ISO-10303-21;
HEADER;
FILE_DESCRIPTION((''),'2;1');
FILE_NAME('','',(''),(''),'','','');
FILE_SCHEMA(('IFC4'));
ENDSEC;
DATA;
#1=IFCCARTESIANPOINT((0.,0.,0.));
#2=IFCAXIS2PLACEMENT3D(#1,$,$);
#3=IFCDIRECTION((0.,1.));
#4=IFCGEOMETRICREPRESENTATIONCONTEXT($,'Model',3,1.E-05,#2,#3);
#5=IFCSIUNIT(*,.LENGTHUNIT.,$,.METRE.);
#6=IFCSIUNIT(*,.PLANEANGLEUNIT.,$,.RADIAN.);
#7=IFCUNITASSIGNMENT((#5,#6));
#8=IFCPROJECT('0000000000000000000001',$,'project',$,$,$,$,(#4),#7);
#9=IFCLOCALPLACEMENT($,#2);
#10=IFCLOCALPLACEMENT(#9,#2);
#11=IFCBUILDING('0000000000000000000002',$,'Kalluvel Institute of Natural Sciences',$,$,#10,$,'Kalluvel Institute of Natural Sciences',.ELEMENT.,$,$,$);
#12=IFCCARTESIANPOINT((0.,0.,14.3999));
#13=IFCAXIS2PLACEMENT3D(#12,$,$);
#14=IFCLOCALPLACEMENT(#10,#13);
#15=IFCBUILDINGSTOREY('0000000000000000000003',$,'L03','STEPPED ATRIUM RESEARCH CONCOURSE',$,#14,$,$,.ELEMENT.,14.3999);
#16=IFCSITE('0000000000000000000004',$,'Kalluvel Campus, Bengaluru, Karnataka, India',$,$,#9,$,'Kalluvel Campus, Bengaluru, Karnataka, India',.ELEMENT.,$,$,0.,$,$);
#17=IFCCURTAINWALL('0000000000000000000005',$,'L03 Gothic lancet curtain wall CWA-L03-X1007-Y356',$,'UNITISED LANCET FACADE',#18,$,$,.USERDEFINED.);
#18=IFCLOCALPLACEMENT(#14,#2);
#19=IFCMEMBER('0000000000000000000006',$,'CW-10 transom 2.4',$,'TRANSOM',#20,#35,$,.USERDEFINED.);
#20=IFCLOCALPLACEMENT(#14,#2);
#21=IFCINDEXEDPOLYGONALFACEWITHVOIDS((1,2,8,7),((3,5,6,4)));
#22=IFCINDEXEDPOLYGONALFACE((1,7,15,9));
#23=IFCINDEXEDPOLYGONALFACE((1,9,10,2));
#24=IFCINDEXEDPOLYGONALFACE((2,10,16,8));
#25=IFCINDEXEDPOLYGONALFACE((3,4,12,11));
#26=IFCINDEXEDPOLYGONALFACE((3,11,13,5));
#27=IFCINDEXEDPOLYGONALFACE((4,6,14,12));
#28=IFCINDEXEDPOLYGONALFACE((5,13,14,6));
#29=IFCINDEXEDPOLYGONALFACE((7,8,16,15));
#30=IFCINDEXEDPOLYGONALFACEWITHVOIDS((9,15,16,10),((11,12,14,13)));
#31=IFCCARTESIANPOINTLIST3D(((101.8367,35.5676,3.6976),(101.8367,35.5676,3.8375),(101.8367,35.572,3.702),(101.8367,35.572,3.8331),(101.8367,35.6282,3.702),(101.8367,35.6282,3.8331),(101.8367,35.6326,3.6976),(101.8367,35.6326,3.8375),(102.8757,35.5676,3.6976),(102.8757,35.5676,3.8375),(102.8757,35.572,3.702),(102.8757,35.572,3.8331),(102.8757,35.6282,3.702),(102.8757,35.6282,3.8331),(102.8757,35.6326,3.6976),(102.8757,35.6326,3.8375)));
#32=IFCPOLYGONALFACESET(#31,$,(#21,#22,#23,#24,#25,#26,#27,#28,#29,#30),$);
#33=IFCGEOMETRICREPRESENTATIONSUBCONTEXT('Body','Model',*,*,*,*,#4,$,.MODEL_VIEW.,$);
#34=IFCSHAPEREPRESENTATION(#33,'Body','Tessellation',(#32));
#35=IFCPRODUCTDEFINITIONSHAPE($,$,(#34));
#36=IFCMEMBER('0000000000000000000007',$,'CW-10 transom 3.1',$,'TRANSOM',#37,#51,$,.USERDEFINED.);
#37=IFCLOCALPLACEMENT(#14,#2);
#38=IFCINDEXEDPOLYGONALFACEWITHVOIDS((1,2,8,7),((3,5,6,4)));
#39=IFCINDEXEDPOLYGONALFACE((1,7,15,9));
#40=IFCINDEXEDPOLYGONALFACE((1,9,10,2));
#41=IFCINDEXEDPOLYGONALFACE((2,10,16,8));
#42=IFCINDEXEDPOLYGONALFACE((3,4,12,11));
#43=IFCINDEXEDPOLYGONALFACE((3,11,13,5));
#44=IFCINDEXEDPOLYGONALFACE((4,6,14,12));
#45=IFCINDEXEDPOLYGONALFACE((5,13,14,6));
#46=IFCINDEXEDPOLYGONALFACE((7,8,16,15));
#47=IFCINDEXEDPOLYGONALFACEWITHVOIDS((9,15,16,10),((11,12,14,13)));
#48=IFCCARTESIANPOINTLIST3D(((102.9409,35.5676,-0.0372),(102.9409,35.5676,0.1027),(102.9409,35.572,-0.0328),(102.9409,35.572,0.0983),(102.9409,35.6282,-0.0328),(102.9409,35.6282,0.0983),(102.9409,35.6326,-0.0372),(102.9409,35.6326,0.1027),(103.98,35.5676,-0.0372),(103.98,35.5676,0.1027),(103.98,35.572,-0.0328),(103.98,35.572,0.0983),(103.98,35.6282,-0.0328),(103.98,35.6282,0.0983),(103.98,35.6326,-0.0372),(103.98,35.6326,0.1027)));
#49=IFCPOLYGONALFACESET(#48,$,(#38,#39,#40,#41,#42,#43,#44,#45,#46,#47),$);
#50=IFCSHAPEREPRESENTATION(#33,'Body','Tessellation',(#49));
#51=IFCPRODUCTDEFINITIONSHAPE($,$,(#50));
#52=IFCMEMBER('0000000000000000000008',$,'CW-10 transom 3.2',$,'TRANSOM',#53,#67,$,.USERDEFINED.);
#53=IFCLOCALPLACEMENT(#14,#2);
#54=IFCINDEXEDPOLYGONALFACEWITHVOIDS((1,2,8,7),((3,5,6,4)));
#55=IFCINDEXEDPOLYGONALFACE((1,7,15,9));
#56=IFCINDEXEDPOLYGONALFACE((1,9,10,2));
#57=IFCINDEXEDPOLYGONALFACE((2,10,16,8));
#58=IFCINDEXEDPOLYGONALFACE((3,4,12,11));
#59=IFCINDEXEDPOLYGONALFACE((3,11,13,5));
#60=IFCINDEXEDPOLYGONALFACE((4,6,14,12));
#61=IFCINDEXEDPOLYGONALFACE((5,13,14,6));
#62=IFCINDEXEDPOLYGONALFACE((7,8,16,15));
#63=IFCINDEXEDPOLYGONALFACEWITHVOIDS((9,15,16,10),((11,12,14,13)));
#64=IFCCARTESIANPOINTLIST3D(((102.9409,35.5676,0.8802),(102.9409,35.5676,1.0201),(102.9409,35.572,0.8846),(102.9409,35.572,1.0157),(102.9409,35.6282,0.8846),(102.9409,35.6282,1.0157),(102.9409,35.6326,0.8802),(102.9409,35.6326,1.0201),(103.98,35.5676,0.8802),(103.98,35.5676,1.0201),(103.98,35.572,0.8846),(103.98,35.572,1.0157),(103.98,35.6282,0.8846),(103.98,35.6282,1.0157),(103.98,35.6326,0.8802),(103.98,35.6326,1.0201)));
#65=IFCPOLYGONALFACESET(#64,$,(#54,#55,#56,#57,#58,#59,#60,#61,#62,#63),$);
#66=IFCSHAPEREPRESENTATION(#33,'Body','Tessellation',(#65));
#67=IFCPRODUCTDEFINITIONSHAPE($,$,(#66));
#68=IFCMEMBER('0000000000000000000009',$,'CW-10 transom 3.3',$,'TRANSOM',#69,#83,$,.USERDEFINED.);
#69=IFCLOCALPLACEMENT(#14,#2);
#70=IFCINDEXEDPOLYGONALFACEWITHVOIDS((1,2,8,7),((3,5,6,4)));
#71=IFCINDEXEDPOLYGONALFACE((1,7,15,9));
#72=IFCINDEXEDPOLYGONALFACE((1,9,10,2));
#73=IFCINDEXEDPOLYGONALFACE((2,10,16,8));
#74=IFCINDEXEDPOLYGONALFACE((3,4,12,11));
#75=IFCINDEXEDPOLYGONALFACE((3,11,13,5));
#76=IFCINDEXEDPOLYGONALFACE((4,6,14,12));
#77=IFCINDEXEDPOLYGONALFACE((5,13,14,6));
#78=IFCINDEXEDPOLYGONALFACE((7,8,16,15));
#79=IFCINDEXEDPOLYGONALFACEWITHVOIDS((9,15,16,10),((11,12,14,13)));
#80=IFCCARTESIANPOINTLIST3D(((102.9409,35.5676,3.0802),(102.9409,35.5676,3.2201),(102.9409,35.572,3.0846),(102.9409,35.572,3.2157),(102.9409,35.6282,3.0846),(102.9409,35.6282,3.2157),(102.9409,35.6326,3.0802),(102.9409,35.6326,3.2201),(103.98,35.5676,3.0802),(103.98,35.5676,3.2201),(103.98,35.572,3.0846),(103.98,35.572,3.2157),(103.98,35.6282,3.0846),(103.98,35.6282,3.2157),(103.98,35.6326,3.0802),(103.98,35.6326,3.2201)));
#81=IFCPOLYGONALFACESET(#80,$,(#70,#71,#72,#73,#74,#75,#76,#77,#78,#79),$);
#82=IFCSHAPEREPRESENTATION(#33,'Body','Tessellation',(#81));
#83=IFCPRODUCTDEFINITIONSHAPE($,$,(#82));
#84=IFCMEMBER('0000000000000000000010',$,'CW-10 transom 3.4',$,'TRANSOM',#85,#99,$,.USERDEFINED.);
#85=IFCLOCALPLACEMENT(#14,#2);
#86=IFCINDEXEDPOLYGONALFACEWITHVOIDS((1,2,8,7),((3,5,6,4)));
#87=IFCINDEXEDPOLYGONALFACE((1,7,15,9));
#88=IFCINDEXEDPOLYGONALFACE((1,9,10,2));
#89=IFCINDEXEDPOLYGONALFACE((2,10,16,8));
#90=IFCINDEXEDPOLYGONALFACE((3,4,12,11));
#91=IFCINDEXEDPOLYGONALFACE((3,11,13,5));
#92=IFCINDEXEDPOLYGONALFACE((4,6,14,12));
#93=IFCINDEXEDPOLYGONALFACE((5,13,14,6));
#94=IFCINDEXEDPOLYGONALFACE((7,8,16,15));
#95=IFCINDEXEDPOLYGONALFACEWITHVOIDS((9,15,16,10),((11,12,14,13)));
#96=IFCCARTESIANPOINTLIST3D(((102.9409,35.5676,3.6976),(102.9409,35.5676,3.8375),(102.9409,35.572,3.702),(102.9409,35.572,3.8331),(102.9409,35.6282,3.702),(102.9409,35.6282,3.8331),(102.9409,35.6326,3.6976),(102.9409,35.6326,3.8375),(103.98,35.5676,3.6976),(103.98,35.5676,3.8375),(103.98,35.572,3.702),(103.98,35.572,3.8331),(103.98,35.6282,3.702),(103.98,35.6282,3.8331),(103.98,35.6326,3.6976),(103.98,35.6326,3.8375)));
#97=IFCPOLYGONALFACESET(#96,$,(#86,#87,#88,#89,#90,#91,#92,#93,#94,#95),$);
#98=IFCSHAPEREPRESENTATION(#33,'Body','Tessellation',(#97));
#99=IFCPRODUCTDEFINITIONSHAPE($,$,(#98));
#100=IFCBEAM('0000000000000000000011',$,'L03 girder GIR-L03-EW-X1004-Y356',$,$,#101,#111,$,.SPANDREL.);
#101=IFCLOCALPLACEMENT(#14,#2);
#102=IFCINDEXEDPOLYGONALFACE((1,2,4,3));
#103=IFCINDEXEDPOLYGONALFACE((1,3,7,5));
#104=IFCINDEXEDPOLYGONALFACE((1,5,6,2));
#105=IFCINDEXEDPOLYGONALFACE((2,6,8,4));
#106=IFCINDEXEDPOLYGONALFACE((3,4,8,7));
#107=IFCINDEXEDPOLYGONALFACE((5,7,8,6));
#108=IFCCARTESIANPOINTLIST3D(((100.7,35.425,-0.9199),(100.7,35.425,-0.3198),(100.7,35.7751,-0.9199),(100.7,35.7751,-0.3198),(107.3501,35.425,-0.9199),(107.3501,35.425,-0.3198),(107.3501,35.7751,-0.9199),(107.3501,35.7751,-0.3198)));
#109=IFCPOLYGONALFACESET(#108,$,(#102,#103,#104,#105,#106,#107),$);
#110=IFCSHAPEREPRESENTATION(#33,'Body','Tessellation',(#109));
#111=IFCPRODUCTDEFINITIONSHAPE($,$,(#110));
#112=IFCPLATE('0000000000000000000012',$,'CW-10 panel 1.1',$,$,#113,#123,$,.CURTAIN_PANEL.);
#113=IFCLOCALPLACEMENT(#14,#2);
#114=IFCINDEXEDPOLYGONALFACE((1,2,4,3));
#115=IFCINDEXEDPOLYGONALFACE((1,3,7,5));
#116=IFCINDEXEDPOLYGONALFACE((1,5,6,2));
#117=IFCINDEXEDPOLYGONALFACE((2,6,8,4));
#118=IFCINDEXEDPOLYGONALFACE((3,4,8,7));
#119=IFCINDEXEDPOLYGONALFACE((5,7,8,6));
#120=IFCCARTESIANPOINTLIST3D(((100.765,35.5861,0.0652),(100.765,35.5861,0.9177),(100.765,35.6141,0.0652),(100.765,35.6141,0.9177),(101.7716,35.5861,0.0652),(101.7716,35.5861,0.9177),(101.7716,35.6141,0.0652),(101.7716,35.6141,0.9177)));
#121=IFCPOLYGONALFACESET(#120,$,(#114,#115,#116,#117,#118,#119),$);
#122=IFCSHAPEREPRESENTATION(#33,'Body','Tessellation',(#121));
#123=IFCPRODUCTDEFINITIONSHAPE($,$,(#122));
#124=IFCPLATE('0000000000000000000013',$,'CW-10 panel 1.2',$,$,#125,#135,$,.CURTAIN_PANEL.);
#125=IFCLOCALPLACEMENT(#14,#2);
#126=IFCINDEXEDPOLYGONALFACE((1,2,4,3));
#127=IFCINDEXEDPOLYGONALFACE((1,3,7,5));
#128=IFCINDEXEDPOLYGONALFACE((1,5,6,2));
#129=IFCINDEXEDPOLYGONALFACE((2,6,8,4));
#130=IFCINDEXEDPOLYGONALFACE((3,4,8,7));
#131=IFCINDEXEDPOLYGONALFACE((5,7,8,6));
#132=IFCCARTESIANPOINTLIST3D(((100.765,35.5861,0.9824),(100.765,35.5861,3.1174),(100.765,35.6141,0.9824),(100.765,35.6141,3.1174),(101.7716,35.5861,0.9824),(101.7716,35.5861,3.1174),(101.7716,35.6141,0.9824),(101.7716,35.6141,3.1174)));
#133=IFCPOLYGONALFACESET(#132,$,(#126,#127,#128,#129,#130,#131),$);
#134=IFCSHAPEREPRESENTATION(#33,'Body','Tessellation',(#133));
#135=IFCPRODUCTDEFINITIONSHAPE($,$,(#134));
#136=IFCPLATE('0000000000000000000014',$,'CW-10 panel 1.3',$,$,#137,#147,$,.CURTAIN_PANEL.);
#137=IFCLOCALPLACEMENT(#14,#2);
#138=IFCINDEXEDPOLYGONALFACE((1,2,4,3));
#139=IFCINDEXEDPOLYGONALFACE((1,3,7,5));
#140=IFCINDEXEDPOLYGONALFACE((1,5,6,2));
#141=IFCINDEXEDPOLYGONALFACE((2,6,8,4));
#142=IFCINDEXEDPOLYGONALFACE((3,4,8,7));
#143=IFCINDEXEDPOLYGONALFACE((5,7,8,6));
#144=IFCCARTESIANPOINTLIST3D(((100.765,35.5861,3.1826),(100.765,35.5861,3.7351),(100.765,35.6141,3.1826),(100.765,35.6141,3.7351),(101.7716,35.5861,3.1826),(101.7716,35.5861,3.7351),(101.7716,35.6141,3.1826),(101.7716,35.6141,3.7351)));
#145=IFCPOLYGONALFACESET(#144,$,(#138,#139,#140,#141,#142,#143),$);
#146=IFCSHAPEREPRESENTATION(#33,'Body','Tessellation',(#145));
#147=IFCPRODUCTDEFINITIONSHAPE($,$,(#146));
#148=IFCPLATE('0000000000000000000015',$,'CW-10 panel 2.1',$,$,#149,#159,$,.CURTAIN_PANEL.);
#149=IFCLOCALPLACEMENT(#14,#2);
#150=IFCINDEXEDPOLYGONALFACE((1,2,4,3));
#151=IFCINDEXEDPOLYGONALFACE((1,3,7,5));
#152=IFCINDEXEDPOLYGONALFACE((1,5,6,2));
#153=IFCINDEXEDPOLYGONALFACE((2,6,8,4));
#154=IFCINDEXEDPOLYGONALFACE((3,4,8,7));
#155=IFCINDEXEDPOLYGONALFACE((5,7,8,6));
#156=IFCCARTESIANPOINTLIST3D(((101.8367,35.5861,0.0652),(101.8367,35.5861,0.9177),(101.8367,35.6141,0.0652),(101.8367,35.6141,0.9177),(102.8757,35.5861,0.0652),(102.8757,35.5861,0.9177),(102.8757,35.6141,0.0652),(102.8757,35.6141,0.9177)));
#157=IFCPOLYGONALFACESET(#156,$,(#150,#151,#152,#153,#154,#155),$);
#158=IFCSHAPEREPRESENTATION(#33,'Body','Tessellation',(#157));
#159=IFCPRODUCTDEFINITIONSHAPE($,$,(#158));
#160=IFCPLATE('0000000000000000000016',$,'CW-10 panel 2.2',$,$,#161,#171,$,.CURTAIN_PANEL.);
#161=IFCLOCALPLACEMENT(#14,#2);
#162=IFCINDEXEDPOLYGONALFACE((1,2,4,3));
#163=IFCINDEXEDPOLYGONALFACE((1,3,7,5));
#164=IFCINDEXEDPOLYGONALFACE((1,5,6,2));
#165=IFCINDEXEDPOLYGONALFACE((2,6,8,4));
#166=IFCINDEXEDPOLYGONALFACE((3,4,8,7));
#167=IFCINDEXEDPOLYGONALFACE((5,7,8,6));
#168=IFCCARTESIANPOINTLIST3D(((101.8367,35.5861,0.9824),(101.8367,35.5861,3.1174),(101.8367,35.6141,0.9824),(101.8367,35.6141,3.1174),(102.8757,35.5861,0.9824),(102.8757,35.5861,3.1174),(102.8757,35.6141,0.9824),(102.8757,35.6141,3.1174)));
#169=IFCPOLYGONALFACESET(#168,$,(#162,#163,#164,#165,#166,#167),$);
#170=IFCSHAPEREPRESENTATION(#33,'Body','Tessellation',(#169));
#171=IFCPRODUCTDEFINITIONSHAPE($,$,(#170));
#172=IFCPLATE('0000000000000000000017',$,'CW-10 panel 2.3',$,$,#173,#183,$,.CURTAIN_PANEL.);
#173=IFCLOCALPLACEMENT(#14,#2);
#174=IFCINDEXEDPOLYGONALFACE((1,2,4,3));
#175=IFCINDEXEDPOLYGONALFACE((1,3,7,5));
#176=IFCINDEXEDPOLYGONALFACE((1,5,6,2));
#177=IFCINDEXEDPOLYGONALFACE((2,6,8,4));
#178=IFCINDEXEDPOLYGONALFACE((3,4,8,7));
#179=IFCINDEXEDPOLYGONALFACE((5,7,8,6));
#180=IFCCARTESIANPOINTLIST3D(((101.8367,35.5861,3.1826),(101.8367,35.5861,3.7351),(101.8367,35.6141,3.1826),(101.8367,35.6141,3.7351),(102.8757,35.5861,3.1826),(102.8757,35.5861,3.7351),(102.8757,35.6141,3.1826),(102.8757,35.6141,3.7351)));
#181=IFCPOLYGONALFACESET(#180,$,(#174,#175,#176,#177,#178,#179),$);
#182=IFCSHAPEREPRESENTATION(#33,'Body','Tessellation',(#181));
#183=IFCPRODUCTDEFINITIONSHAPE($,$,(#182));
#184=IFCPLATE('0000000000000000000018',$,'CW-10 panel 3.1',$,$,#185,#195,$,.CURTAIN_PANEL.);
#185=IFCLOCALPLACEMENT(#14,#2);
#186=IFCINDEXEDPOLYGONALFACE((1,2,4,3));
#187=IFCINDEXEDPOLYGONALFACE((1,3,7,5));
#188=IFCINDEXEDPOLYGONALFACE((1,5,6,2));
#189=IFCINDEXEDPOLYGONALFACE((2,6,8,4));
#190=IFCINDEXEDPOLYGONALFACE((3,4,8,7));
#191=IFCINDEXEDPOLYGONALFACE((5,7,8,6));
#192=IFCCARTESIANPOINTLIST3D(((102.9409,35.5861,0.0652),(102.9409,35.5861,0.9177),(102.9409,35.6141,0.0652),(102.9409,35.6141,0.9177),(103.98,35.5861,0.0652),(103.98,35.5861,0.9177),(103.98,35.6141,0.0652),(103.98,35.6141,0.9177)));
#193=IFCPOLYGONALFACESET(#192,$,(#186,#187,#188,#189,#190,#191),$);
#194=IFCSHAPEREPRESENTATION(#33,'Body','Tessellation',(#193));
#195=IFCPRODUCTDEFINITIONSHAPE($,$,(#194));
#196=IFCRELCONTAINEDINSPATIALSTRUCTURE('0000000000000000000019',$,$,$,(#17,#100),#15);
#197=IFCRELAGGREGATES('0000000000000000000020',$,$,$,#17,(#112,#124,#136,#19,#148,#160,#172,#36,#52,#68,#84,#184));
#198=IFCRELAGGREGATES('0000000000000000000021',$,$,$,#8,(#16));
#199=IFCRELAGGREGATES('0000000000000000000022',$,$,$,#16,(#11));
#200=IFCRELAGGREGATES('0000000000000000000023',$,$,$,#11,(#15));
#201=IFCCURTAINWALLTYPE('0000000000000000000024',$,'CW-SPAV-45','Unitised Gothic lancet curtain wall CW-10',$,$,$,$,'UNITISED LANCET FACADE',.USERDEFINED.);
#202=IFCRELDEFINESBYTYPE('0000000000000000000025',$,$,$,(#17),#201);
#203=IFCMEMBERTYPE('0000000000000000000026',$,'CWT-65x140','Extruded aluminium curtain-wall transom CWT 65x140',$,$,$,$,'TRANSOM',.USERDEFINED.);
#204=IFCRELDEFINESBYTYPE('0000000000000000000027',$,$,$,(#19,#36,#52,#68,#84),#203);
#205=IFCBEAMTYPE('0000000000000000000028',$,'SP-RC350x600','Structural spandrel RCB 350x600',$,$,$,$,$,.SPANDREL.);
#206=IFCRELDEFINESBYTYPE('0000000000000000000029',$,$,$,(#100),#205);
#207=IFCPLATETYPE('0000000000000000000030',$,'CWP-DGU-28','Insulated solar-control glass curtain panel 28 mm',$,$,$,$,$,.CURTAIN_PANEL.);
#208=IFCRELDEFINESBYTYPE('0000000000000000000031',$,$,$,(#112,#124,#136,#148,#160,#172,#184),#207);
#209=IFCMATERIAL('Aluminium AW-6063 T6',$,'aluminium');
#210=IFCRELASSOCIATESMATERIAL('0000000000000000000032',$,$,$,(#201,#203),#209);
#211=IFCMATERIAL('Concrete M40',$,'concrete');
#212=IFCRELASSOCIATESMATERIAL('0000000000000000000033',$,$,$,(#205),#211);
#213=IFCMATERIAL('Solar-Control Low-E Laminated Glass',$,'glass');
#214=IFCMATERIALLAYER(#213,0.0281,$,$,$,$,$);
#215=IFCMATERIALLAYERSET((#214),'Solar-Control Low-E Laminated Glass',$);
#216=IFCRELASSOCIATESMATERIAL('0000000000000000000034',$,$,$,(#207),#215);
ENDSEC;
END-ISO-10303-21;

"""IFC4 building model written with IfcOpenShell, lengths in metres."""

from ifc_helpers import new_model, si_unit, direction, frame, origin, origin_2d, place, context, subcontext, project, spatial, rectangle, hollow_rectangle, extrude, material, layer, layer_set, material_profile, profile_set, type_object, element, aggregate, save


model = new_model("IFC4")

# Units and contexts
model_context = context("Model", 3, precision=1e-05, world=origin(), true_north=direction((0.0, 1.0)))
body_context = subcontext(model_context, "Body", "Model", "MODEL_VIEW")
ifc_project = project(units=[si_unit("LENGTHUNIT", "METRE"), si_unit("PLANEANGLEUNIT", "RADIAN")], contexts=[model_context])

# Site, building, storey
site_placement = place(None, origin())
site = spatial("IfcSite", under=ifc_project, at=site_placement, Name="Kalluvel Campus, Bengaluru, Karnataka, India", LongName="Kalluvel Campus, Bengaluru, Karnataka, India", CompositionType="ELEMENT", RefElevation=0.0)
building_placement = place(site_placement, origin())
building = spatial("IfcBuilding", under=site, at=building_placement, Name="Kalluvel Institute of Natural Sciences", LongName="Kalluvel Institute of Natural Sciences", CompositionType="ELEMENT")
storey_placement = place(building_placement, frame((0.0, 0.0, 14.3999)))
storey = spatial("IfcBuildingStorey", under=building, at=storey_placement, Name="L03", Description="STEPPED ATRIUM RESEARCH CONCOURSE", CompositionType="ELEMENT", Elevation=14.3999)

# Shared definitions
ifc_material_1 = material(Name="Concrete M40", Category="concrete")

# Curtain wall, members
ifc_material_2 = material(Name="Aluminium AW-6063 T6", Category="aluminium")
curtain_wall_type = type_object("IfcCurtainWallType", Name="CW-SPAV-45", Description="Unitised Gothic lancet curtain wall CW-10", ElementType="UNITISED LANCET FACADE", PredefinedType="USERDEFINED", material=ifc_material_2)
curtain_wall_placement = place(storey_placement, origin())
curtain_wall = element("IfcCurtainWall", 1, at=curtain_wall_placement, inside=storey, type_object=curtain_wall_type, Name="L03 Gothic lancet curtain wall CWA-L03-X1007-Y356", ObjectType="UNITISED LANCET FACADE", PredefinedType="USERDEFINED")
ifc_material_profile_1 = material_profile(ifc_material_2, hollow_rectangle(XDim=0.0649, YDim=0.1399, WallThickness=0.0044, at=origin_2d()), Name="CWT 65x140")
ifc_profile_set_1 = profile_set([ifc_material_profile_1], Name="Aluminium AW-6063 T6")
member_type_1 = type_object("IfcMemberType", Name="CWT-65x140", Description="Extruded aluminium curtain-wall transom CWT 65x140", ElementType="TRANSOM", PredefinedType="USERDEFINED", material=ifc_profile_set_1)
member_1_placement = place(storey_placement, frame((101.8367, 35.6001, 3.7676), z_axis=(1.0, 0.0, 0.0), x_axis=(0.0, 1.0, 0.0)))
member_1 = element("IfcMember", 2, at=member_1_placement, type_object=member_type_1, Name="CW-10 transom 2.4", ObjectType="TRANSOM", PredefinedType="USERDEFINED", context=body_context, shape_type="SweptSolid", body=[
    extrude(hollow_rectangle(XDim=0.0649, YDim=0.1399, WallThickness=0.0044, at=origin_2d()), origin(), (0.0, 0.0, 1.0), 1.0391),
])
member_2_placement = place(storey_placement, frame((102.9409, 35.6001, 0.0327), z_axis=(1.0, 0.0, 0.0), x_axis=(0.0, 1.0, 0.0)))
member_2 = element("IfcMember", 3, at=member_2_placement, type_object=member_type_1, Name="CW-10 transom 3.1", ObjectType="TRANSOM", PredefinedType="USERDEFINED", context=body_context, shape_type="SweptSolid", body=[
    extrude(hollow_rectangle(XDim=0.0649, YDim=0.1399, WallThickness=0.0044, at=origin_2d()), origin(), (0.0, 0.0, 1.0), 1.0391),
])
member_3_placement = place(storey_placement, frame((102.9409, 35.6001, 0.9502), z_axis=(1.0, 0.0, 0.0), x_axis=(0.0, 1.0, 0.0)))
member_3 = element("IfcMember", 4, at=member_3_placement, type_object=member_type_1, Name="CW-10 transom 3.2", ObjectType="TRANSOM", PredefinedType="USERDEFINED", context=body_context, shape_type="SweptSolid", body=[
    extrude(hollow_rectangle(XDim=0.0649, YDim=0.1399, WallThickness=0.0044, at=origin_2d()), origin(), (0.0, 0.0, 1.0), 1.0391),
])
member_4_placement = place(storey_placement, frame((102.9409, 35.6001, 3.1501), z_axis=(1.0, 0.0, 0.0), x_axis=(0.0, 1.0, 0.0)))
member_4 = element("IfcMember", 5, at=member_4_placement, type_object=member_type_1, Name="CW-10 transom 3.3", ObjectType="TRANSOM", PredefinedType="USERDEFINED", context=body_context, shape_type="SweptSolid", body=[
    extrude(hollow_rectangle(XDim=0.0649, YDim=0.1399, WallThickness=0.0044, at=origin_2d()), origin(), (0.0, 0.0, 1.0), 1.0391),
])
member_5_placement = place(storey_placement, frame((102.9409, 35.6001, 3.7676), z_axis=(1.0, 0.0, 0.0), x_axis=(0.0, 1.0, 0.0)))
member_5 = element("IfcMember", 6, at=member_5_placement, type_object=member_type_1, Name="CW-10 transom 3.4", ObjectType="TRANSOM", PredefinedType="USERDEFINED", context=body_context, shape_type="SweptSolid", body=[
    extrude(hollow_rectangle(XDim=0.0649, YDim=0.1399, WallThickness=0.0044, at=origin_2d()), origin(), (0.0, 0.0, 1.0), 1.0391),
])

# Beam
ifc_material_profile_2 = material_profile(ifc_material_1, rectangle(XDim=0.3501, YDim=0.6001, at=origin_2d()), Name="RCB 350x600")
ifc_profile_set_2 = profile_set([ifc_material_profile_2], Name="Concrete M40")
beam_type = type_object("IfcBeamType", Name="SP-RC350x600", Description="Structural spandrel RCB 350x600", PredefinedType="SPANDREL", material=ifc_profile_set_2)
beam_placement = place(storey_placement, frame((100.7, 35.6001, -0.6199), z_axis=(1.0, 0.0, 0.0), x_axis=(0.0, 1.0, 0.0)))
element("IfcBeam", 7, at=beam_placement, inside=storey, type_object=beam_type, Name="L03 girder GIR-L03-EW-X1004-Y356", PredefinedType="SPANDREL", context=body_context, shape_type="SweptSolid", body=[
    extrude(rectangle(XDim=0.3501, YDim=0.6001, at=origin_2d()), origin(), (0.0, 0.0, 1.0), 6.6501),
])

# Plates
ifc_material_3 = material(Name="Solar-Control Low-E Laminated Glass", Category="glass")
ifc_layer = layer(ifc_material_3, 0.0281)
ifc_layer_set = layer_set([ifc_layer], Name="Solar-Control Low-E Laminated Glass")
plate_type = type_object("IfcPlateType", Name="CWP-DGU-28", Description="Insulated solar-control glass curtain panel 28 mm", PredefinedType="CURTAIN_PANEL", material=ifc_layer_set)
plate_1_placement = place(storey_placement, frame((101.2683, 35.6001, 0.0652), z_axis=(0.0, 0.0, 1.0), x_axis=(1.0, 0.0, 0.0)))
plate_1 = element("IfcPlate", 8, at=plate_1_placement, type_object=plate_type, Name="CW-10 panel 1.1", PredefinedType="CURTAIN_PANEL", context=body_context, shape_type="SweptSolid", body=[
    extrude(rectangle(XDim=1.0066, YDim=0.0281, at=origin_2d()), origin(), (0.0, 0.0, 1.0), 0.8525),
])
plate_2_placement = place(storey_placement, frame((101.2683, 35.6001, 0.9824), z_axis=(0.0, 0.0, 1.0), x_axis=(1.0, 0.0, 0.0)))
plate_2 = element("IfcPlate", 9, at=plate_2_placement, type_object=plate_type, Name="CW-10 panel 1.2", PredefinedType="CURTAIN_PANEL", context=body_context, shape_type="SweptSolid", body=[
    extrude(rectangle(XDim=1.0066, YDim=0.0281, at=origin_2d()), origin(), (0.0, 0.0, 1.0), 2.135),
])
plate_3_placement = place(storey_placement, frame((101.2683, 35.6001, 3.1826), z_axis=(0.0, 0.0, 1.0), x_axis=(1.0, 0.0, 0.0)))
plate_3 = element("IfcPlate", 10, at=plate_3_placement, type_object=plate_type, Name="CW-10 panel 1.3", PredefinedType="CURTAIN_PANEL", context=body_context, shape_type="SweptSolid", body=[
    extrude(rectangle(XDim=1.0066, YDim=0.0281, at=origin_2d()), origin(), (0.0, 0.0, 1.0), 0.5525),
])
plate_4_placement = place(storey_placement, frame((102.3562, 35.6001, 0.0652), z_axis=(0.0, 0.0, 1.0), x_axis=(1.0, 0.0, 0.0)))
plate_4 = element("IfcPlate", 11, at=plate_4_placement, type_object=plate_type, Name="CW-10 panel 2.1", PredefinedType="CURTAIN_PANEL", context=body_context, shape_type="SweptSolid", body=[
    extrude(rectangle(XDim=1.0391, YDim=0.0281, at=origin_2d()), origin(), (0.0, 0.0, 1.0), 0.8525),
])
plate_5_placement = place(storey_placement, frame((102.3562, 35.6001, 0.9824), z_axis=(0.0, 0.0, 1.0), x_axis=(1.0, 0.0, 0.0)))
plate_5 = element("IfcPlate", 12, at=plate_5_placement, type_object=plate_type, Name="CW-10 panel 2.2", PredefinedType="CURTAIN_PANEL", context=body_context, shape_type="SweptSolid", body=[
    extrude(rectangle(XDim=1.0391, YDim=0.0281, at=origin_2d()), origin(), (0.0, 0.0, 1.0), 2.135),
])
plate_6_placement = place(storey_placement, frame((102.3562, 35.6001, 3.1826), z_axis=(0.0, 0.0, 1.0), x_axis=(1.0, 0.0, 0.0)))
plate_6 = element("IfcPlate", 13, at=plate_6_placement, type_object=plate_type, Name="CW-10 panel 2.3", PredefinedType="CURTAIN_PANEL", context=body_context, shape_type="SweptSolid", body=[
    extrude(rectangle(XDim=1.0391, YDim=0.0281, at=origin_2d()), origin(), (0.0, 0.0, 1.0), 0.5525),
])
plate_7_placement = place(storey_placement, frame((103.4604, 35.6001, 0.0652), z_axis=(0.0, 0.0, 1.0), x_axis=(1.0, 0.0, 0.0)))
plate_7 = element("IfcPlate", 14, at=plate_7_placement, type_object=plate_type, Name="CW-10 panel 3.1", PredefinedType="CURTAIN_PANEL", context=body_context, shape_type="SweptSolid", body=[
    extrude(rectangle(XDim=1.0391, YDim=0.0281, at=origin_2d()), origin(), (0.0, 0.0, 1.0), 0.8525),
])
aggregate(curtain_wall, [plate_1, plate_2, plate_3, member_1, plate_4, plate_5, plate_6, member_2, member_3, member_4, member_5, plate_7])

save(model, "model.ifc")
